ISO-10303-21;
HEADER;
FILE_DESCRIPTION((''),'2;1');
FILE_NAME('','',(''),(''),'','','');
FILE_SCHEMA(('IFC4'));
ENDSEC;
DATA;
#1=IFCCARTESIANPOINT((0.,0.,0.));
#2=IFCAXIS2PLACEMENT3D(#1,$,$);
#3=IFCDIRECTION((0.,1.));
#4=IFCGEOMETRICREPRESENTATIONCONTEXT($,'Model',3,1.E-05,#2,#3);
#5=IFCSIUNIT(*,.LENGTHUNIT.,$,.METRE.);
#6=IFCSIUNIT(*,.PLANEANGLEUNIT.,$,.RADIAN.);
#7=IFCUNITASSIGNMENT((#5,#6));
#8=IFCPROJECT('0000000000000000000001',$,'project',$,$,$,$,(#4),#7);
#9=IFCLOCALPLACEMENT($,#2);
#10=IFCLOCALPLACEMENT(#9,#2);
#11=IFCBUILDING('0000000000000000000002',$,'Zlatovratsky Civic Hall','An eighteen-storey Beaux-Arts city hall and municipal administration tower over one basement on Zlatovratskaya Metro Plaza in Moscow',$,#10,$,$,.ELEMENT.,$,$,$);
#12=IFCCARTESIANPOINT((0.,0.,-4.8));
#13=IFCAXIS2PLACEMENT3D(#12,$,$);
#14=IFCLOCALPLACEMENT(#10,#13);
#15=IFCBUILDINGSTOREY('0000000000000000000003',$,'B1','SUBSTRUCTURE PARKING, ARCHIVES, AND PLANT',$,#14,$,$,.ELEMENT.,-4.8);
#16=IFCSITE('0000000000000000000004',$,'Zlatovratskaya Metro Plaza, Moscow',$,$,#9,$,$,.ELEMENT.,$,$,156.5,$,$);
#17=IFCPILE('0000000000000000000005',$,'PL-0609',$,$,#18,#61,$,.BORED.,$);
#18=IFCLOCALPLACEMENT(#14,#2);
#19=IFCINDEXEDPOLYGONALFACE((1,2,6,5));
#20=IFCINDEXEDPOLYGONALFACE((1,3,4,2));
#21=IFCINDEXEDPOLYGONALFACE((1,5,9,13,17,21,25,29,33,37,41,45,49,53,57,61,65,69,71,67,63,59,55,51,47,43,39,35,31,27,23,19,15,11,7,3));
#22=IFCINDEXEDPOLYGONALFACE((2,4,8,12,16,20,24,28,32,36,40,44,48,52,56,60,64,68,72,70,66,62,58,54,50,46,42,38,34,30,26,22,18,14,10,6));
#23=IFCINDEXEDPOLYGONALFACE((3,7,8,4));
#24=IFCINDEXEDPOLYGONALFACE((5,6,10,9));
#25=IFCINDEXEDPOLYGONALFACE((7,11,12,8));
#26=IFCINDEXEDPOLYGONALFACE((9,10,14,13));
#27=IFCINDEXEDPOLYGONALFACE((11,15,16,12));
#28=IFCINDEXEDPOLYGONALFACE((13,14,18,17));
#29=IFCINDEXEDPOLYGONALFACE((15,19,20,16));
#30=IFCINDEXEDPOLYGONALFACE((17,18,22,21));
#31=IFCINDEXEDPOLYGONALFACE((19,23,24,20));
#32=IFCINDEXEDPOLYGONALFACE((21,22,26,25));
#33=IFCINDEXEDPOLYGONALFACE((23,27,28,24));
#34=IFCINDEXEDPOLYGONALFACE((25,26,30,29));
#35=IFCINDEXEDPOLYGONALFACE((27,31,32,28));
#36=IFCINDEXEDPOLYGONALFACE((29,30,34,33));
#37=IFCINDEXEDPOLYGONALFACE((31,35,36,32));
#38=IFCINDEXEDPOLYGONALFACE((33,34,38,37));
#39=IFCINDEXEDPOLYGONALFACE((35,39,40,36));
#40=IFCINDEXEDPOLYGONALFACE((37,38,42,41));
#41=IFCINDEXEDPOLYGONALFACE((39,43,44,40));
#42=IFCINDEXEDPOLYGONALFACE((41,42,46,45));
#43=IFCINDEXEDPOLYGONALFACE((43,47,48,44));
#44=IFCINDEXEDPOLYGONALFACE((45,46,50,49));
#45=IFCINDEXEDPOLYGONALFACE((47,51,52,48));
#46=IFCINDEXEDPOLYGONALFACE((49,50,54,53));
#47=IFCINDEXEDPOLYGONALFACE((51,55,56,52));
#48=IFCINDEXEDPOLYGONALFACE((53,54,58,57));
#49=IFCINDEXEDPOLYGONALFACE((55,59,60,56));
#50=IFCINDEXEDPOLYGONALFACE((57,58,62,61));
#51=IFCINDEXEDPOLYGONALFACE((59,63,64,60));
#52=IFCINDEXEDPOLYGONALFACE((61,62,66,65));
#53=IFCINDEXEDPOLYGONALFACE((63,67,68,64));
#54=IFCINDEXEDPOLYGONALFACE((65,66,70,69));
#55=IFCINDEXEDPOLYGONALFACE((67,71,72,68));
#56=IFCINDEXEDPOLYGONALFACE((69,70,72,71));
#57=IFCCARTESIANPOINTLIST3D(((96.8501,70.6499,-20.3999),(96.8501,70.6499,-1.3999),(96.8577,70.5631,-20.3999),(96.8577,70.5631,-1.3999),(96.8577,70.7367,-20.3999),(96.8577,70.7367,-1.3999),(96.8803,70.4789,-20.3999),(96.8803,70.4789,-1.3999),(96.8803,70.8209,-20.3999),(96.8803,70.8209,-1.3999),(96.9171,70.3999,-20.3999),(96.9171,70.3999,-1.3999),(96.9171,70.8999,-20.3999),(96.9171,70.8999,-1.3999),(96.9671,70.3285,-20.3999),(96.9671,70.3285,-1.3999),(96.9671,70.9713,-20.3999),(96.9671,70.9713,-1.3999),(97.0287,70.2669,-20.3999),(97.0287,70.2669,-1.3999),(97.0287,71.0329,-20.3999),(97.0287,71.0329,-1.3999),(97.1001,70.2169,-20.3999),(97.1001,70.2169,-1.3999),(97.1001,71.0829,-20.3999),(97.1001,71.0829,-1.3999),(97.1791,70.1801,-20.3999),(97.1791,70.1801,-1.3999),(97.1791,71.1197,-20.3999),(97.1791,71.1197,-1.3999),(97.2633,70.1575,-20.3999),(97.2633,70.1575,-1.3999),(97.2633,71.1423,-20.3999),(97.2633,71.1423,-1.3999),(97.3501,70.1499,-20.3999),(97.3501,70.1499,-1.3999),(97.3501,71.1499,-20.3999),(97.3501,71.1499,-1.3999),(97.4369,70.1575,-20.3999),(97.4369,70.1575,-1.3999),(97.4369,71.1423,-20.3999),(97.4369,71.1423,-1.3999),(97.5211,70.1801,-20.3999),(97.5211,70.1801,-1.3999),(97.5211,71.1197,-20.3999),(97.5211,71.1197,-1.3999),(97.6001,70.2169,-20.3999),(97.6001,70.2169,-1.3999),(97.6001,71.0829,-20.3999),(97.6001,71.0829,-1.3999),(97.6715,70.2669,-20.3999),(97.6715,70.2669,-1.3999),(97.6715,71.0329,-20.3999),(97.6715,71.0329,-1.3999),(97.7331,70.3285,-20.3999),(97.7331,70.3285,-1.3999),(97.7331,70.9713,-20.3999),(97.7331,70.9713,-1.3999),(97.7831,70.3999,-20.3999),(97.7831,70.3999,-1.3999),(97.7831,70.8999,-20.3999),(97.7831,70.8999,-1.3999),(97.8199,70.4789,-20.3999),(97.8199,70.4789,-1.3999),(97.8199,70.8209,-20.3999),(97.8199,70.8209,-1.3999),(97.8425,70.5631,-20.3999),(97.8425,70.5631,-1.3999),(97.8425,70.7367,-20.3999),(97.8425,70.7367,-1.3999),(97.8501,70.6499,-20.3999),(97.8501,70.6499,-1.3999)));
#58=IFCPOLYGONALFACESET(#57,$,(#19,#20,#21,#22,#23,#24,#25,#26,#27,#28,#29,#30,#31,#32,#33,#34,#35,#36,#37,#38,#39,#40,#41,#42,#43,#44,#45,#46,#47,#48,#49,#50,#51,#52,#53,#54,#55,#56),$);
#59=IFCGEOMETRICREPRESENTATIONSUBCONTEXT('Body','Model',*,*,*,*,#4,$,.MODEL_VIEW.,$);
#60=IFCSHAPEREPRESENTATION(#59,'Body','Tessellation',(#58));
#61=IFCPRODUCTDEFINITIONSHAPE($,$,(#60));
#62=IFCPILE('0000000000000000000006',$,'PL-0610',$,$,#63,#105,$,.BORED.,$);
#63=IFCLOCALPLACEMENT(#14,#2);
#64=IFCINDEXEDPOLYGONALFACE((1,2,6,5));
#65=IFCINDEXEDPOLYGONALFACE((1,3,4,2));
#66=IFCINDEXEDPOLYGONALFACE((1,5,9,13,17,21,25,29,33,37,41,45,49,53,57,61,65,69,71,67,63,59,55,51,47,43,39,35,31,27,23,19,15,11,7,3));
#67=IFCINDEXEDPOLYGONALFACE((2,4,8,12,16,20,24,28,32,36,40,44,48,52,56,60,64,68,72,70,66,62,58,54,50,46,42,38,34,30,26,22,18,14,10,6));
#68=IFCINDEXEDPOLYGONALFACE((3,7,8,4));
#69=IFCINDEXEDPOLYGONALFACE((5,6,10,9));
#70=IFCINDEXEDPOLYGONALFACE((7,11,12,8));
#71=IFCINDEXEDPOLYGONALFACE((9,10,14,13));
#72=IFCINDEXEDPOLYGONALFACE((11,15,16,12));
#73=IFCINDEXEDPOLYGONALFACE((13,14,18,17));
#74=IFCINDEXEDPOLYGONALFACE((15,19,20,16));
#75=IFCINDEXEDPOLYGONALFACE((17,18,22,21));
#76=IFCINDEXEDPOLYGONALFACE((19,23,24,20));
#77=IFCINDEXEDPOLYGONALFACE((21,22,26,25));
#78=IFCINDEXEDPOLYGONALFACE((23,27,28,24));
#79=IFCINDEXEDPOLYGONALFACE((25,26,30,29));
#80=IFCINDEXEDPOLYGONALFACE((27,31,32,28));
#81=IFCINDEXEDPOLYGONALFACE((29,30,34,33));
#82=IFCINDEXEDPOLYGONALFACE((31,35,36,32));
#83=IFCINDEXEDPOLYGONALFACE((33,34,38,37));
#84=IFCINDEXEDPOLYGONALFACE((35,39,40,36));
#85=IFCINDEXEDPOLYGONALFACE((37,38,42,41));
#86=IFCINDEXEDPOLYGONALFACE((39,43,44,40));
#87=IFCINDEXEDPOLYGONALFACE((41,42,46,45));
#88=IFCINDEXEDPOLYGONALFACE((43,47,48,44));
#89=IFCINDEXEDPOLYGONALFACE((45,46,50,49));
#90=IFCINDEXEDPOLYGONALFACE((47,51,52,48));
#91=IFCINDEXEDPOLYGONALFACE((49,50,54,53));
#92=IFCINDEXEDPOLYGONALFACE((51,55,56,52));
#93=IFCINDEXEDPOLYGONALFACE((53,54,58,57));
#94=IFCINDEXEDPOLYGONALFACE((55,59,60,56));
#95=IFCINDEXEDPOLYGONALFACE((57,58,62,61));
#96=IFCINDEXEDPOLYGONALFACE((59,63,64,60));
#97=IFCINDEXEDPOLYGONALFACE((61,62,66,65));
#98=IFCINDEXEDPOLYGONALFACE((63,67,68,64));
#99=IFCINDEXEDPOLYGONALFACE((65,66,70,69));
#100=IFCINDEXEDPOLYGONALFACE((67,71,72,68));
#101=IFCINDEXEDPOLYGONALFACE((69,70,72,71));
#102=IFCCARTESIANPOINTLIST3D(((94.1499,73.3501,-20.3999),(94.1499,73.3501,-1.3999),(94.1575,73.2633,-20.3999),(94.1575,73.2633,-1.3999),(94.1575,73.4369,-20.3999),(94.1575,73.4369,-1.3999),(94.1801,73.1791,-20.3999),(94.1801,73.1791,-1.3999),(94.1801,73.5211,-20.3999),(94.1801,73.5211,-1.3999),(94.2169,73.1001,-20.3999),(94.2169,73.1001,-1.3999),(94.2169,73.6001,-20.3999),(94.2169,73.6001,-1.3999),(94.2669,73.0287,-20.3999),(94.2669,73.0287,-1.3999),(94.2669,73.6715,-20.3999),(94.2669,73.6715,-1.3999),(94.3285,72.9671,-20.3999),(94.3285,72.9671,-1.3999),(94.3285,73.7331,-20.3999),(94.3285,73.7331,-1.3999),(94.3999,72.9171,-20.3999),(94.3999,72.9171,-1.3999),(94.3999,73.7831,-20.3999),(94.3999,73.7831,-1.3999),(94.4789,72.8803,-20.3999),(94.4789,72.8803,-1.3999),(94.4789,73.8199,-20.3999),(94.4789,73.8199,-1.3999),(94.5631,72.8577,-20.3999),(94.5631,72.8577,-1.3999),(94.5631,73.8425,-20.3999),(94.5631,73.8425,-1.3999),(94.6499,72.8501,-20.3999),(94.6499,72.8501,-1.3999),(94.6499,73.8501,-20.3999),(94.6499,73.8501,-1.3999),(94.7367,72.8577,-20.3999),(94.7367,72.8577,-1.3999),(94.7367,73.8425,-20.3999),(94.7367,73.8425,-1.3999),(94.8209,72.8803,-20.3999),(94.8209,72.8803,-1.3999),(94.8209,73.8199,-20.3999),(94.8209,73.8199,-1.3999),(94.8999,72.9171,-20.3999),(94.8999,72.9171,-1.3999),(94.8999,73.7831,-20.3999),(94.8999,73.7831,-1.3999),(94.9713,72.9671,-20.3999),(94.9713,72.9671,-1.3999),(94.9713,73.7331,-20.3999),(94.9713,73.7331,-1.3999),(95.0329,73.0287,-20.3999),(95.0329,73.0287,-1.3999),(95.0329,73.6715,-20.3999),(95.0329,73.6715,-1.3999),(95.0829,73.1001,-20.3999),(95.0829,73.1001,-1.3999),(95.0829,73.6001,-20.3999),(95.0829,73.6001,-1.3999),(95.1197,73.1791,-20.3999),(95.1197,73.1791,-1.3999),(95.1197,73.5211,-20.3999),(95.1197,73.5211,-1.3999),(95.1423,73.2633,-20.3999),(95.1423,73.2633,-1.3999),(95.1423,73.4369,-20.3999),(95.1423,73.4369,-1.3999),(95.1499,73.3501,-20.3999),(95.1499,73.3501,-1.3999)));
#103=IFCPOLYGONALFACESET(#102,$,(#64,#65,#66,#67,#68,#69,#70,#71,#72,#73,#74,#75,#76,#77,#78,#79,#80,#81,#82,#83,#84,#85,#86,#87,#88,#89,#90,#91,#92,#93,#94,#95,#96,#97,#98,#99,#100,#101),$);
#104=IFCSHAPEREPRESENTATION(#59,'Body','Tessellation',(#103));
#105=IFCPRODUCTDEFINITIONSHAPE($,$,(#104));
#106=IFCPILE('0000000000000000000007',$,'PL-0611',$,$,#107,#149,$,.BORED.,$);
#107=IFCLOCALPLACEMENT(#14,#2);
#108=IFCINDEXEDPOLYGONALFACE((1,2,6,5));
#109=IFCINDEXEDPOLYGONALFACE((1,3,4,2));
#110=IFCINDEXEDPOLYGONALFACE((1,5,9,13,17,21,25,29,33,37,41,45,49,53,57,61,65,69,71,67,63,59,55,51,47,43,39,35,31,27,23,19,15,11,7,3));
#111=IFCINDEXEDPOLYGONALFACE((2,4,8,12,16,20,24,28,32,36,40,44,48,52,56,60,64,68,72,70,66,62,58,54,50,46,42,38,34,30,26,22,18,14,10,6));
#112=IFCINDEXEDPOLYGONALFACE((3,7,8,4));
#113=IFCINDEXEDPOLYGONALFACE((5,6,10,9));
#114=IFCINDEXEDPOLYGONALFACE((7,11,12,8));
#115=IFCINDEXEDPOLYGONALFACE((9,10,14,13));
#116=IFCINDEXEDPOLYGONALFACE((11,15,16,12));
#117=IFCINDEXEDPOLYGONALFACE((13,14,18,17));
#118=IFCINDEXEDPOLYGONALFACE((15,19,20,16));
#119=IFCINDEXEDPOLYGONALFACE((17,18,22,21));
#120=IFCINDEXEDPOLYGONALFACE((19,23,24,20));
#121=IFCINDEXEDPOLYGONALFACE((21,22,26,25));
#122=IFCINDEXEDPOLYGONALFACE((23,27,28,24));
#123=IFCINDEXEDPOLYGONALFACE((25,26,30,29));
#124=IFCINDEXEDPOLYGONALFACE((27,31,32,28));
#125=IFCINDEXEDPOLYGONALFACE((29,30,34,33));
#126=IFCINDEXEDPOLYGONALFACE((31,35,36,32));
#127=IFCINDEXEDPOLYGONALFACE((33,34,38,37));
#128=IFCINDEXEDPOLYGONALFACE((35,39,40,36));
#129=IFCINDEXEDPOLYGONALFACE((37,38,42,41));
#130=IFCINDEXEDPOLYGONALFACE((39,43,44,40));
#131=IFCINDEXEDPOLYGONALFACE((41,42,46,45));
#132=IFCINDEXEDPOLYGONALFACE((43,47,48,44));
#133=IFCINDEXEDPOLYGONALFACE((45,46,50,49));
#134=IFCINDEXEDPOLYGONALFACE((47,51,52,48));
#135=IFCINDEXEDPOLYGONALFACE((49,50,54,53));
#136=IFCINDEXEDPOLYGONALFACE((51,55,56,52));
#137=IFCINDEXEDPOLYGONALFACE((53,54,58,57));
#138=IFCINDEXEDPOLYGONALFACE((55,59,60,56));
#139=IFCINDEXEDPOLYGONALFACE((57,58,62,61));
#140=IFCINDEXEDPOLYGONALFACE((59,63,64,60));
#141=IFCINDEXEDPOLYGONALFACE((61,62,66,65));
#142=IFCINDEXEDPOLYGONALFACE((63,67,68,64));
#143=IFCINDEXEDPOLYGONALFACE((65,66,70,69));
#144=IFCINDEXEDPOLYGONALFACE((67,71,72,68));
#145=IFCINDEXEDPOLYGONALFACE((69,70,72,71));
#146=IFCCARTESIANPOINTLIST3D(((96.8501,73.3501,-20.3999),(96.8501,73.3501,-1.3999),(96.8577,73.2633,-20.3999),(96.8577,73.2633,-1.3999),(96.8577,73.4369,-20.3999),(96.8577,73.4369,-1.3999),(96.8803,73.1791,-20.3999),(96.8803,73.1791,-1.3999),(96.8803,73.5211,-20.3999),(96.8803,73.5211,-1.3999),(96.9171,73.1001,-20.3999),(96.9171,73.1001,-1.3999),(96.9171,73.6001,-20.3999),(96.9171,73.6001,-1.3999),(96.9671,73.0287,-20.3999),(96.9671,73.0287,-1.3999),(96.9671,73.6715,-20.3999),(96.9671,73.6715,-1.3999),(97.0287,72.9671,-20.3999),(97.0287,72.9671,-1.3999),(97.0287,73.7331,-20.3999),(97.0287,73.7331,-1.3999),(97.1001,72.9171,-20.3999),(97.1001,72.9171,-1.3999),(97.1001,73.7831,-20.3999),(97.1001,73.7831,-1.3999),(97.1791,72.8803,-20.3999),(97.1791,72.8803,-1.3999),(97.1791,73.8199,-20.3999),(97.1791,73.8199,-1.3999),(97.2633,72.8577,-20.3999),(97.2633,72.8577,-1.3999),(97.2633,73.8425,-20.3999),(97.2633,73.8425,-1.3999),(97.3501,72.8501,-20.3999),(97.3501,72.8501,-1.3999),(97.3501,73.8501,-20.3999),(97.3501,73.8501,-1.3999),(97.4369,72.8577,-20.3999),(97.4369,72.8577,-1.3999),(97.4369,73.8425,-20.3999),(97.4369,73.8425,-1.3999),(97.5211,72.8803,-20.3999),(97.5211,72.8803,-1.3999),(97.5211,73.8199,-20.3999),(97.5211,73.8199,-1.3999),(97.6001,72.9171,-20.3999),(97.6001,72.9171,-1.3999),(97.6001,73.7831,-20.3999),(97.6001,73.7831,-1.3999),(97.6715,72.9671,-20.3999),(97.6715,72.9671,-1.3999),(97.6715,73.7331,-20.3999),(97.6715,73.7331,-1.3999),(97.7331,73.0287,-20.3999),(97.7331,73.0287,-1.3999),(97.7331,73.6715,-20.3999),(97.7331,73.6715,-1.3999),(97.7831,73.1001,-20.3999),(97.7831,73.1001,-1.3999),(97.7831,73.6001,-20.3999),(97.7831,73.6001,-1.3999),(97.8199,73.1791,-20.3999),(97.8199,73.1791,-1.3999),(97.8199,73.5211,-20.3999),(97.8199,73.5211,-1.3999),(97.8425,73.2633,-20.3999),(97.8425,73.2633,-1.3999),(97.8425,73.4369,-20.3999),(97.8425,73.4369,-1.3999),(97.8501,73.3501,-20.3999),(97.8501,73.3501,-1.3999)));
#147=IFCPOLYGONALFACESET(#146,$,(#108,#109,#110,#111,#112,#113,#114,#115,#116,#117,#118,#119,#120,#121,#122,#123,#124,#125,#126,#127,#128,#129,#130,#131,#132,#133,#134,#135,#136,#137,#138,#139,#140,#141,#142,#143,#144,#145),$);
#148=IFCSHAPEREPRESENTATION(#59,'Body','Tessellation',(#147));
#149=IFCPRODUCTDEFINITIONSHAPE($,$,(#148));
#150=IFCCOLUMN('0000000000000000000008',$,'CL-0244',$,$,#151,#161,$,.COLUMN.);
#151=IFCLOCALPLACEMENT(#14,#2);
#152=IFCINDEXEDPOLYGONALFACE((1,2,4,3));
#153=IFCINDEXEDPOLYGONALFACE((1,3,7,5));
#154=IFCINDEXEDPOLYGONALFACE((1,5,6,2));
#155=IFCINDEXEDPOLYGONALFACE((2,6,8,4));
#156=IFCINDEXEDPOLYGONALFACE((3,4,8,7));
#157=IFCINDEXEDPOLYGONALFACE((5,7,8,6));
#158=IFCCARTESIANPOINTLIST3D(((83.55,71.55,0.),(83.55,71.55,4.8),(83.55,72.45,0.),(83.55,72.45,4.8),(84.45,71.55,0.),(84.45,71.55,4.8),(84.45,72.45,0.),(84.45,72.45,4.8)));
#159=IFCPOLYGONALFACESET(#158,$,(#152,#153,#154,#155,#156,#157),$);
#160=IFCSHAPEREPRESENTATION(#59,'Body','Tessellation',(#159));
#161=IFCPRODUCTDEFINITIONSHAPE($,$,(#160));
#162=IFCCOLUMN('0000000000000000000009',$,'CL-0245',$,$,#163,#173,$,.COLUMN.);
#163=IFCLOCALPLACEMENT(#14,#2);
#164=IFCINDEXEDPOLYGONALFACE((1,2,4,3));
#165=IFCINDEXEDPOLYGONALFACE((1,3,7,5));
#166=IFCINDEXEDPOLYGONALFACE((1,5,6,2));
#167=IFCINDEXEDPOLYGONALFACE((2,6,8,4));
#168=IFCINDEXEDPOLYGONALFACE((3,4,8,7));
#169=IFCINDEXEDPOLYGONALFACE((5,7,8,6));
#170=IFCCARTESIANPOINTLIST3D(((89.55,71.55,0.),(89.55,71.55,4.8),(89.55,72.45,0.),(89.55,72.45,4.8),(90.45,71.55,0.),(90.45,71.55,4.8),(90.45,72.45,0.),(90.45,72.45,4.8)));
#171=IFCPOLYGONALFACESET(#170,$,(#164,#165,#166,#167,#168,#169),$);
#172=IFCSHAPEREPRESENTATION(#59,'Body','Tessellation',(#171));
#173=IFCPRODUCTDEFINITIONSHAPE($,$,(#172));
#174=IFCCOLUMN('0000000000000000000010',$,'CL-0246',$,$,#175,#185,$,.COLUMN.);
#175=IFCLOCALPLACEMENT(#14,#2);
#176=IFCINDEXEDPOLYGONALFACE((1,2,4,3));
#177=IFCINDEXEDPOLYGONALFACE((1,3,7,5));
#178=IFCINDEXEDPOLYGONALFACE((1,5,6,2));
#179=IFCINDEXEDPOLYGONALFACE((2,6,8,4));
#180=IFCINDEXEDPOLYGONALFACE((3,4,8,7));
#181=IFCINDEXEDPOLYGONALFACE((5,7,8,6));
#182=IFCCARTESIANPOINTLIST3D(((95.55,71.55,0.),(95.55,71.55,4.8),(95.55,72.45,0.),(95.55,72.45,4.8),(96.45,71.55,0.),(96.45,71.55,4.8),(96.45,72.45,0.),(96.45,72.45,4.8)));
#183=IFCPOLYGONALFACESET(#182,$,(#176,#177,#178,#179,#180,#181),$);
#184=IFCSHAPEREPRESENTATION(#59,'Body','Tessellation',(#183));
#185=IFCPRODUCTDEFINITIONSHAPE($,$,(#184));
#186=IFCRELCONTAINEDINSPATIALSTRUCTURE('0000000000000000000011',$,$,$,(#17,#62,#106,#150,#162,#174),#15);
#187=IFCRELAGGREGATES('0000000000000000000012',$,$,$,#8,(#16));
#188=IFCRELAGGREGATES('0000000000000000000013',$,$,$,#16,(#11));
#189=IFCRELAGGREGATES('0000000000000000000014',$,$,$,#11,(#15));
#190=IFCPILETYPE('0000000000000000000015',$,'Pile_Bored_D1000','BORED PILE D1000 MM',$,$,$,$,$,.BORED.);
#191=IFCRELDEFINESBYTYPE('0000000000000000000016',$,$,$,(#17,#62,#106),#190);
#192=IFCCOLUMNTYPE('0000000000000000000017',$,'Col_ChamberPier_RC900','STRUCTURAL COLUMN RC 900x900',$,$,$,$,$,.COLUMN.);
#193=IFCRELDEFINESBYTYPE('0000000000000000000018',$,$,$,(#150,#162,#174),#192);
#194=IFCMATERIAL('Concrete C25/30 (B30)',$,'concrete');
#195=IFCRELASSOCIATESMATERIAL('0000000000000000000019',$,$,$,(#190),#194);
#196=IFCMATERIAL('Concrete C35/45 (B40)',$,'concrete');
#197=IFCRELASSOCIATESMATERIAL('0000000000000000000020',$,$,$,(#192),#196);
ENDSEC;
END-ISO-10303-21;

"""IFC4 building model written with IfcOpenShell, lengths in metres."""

from ifc_helpers import new_model, si_unit, direction, frame, origin, origin_2d, place, context, subcontext, project, spatial, rectangle, circle, extrude, material, material_profile, profile_set, type_object, element, save


model = new_model("IFC4")

# Units and contexts
model_context = context("Model", 3, precision=1e-05, world=origin(), true_north=direction((0.0, 1.0)))
body_context = subcontext(model_context, "Body", "Model", "MODEL_VIEW")
ifc_project = project(units=[si_unit("LENGTHUNIT", "METRE"), si_unit("PLANEANGLEUNIT", "RADIAN")], contexts=[model_context])

# Site, building, storey
site_placement = place(None, origin())
site = spatial("IfcSite", under=ifc_project, at=site_placement, Name="Zlatovratskaya Metro Plaza, Moscow", CompositionType="ELEMENT", RefElevation=156.5)
building_placement = place(site_placement, origin())
building = spatial("IfcBuilding", under=site, at=building_placement, Name="Zlatovratsky Civic Hall", Description="An eighteen-storey Beaux-Arts city hall and municipal administration tower over one basement on Zlatovratskaya Metro Plaza in Moscow", CompositionType="ELEMENT")
storey_placement = place(building_placement, frame((0.0, 0.0, -4.8)))
storey = spatial("IfcBuildingStorey", under=building, at=storey_placement, Name="B1", Description="SUBSTRUCTURE PARKING, ARCHIVES, AND PLANT", CompositionType="ELEMENT", Elevation=-4.8)

# Shared definitions
ifc_material_1 = material(Name="Concrete C25/30 (B30)", Category="concrete")

# Piles
ifc_material_profile_1 = material_profile(ifc_material_1, circle(Radius=0.5, at=origin_2d()), Name="PILE D1000")
ifc_profile_set_1 = profile_set([ifc_material_profile_1], Name="Concrete C25/30 (B30)")
pile_type = type_object("IfcPileType", Name="Pile_Bored_D1000", Description="BORED PILE D1000 MM", PredefinedType="BORED", material=ifc_profile_set_1)
for number, where, z_axis, x_axis, name in (
    (1, (97.3501, 70.6499, -1.3999), (0.0, 0.0, -1.0), (1.0, 0.0, 0.0), "PL-0609"),
    (2, (94.6499, 73.3501, -1.3999), (0.0, 0.0, -1.0), (1.0, 0.0, 0.0), "PL-0610"),
    (3, (97.3501, 73.3501, -1.3999), (0.0, 0.0, -1.0), (1.0, 0.0, 0.0), "PL-0611"),
):
    element("IfcPile", number, at=place(storey_placement, frame(where, z_axis=z_axis, x_axis=x_axis)), inside=storey, type_object=pile_type, Name=name, PredefinedType="BORED", context=body_context, shape_type="SweptSolid", body=[
        extrude(circle(Radius=0.5, at=origin_2d()), origin(), (0.0, 0.0, 1.0), 19.0),
    ])

# Columns
ifc_material_2 = material(Name="Concrete C35/45 (B40)", Category="concrete")
ifc_material_profile_2 = material_profile(ifc_material_2, rectangle(XDim=0.8999, YDim=0.8999, at=origin_2d()), Name="RC 900x900")
ifc_profile_set_2 = profile_set([ifc_material_profile_2], Name="Concrete C35/45 (B40)")
column_type = type_object("IfcColumnType", Name="Col_ChamberPier_RC900", Description="STRUCTURAL COLUMN RC 900x900", PredefinedType="COLUMN", material=ifc_profile_set_2)
for number, where, z_axis, x_axis, name in (
    (4, (84.0, 72.0, 0.0), (0.0, 0.0, 1.0), (1.0, 0.0, 0.0), "CL-0244"),
    (5, (90.0, 72.0, 0.0), (0.0, 0.0, 1.0), (1.0, 0.0, 0.0), "CL-0245"),
    (6, (96.0, 72.0, 0.0), (0.0, 0.0, 1.0), (1.0, 0.0, 0.0), "CL-0246"),
):
    element("IfcColumn", number, at=place(storey_placement, frame(where, z_axis=z_axis, x_axis=x_axis)), inside=storey, type_object=column_type, Name=name, PredefinedType="COLUMN", context=body_context, shape_type="SweptSolid", body=[
        extrude(rectangle(XDim=0.8999, YDim=0.8999, at=origin_2d()), origin(), (0.0, 0.0, 1.0), 4.8),
    ])

save(model, "model.ifc")
